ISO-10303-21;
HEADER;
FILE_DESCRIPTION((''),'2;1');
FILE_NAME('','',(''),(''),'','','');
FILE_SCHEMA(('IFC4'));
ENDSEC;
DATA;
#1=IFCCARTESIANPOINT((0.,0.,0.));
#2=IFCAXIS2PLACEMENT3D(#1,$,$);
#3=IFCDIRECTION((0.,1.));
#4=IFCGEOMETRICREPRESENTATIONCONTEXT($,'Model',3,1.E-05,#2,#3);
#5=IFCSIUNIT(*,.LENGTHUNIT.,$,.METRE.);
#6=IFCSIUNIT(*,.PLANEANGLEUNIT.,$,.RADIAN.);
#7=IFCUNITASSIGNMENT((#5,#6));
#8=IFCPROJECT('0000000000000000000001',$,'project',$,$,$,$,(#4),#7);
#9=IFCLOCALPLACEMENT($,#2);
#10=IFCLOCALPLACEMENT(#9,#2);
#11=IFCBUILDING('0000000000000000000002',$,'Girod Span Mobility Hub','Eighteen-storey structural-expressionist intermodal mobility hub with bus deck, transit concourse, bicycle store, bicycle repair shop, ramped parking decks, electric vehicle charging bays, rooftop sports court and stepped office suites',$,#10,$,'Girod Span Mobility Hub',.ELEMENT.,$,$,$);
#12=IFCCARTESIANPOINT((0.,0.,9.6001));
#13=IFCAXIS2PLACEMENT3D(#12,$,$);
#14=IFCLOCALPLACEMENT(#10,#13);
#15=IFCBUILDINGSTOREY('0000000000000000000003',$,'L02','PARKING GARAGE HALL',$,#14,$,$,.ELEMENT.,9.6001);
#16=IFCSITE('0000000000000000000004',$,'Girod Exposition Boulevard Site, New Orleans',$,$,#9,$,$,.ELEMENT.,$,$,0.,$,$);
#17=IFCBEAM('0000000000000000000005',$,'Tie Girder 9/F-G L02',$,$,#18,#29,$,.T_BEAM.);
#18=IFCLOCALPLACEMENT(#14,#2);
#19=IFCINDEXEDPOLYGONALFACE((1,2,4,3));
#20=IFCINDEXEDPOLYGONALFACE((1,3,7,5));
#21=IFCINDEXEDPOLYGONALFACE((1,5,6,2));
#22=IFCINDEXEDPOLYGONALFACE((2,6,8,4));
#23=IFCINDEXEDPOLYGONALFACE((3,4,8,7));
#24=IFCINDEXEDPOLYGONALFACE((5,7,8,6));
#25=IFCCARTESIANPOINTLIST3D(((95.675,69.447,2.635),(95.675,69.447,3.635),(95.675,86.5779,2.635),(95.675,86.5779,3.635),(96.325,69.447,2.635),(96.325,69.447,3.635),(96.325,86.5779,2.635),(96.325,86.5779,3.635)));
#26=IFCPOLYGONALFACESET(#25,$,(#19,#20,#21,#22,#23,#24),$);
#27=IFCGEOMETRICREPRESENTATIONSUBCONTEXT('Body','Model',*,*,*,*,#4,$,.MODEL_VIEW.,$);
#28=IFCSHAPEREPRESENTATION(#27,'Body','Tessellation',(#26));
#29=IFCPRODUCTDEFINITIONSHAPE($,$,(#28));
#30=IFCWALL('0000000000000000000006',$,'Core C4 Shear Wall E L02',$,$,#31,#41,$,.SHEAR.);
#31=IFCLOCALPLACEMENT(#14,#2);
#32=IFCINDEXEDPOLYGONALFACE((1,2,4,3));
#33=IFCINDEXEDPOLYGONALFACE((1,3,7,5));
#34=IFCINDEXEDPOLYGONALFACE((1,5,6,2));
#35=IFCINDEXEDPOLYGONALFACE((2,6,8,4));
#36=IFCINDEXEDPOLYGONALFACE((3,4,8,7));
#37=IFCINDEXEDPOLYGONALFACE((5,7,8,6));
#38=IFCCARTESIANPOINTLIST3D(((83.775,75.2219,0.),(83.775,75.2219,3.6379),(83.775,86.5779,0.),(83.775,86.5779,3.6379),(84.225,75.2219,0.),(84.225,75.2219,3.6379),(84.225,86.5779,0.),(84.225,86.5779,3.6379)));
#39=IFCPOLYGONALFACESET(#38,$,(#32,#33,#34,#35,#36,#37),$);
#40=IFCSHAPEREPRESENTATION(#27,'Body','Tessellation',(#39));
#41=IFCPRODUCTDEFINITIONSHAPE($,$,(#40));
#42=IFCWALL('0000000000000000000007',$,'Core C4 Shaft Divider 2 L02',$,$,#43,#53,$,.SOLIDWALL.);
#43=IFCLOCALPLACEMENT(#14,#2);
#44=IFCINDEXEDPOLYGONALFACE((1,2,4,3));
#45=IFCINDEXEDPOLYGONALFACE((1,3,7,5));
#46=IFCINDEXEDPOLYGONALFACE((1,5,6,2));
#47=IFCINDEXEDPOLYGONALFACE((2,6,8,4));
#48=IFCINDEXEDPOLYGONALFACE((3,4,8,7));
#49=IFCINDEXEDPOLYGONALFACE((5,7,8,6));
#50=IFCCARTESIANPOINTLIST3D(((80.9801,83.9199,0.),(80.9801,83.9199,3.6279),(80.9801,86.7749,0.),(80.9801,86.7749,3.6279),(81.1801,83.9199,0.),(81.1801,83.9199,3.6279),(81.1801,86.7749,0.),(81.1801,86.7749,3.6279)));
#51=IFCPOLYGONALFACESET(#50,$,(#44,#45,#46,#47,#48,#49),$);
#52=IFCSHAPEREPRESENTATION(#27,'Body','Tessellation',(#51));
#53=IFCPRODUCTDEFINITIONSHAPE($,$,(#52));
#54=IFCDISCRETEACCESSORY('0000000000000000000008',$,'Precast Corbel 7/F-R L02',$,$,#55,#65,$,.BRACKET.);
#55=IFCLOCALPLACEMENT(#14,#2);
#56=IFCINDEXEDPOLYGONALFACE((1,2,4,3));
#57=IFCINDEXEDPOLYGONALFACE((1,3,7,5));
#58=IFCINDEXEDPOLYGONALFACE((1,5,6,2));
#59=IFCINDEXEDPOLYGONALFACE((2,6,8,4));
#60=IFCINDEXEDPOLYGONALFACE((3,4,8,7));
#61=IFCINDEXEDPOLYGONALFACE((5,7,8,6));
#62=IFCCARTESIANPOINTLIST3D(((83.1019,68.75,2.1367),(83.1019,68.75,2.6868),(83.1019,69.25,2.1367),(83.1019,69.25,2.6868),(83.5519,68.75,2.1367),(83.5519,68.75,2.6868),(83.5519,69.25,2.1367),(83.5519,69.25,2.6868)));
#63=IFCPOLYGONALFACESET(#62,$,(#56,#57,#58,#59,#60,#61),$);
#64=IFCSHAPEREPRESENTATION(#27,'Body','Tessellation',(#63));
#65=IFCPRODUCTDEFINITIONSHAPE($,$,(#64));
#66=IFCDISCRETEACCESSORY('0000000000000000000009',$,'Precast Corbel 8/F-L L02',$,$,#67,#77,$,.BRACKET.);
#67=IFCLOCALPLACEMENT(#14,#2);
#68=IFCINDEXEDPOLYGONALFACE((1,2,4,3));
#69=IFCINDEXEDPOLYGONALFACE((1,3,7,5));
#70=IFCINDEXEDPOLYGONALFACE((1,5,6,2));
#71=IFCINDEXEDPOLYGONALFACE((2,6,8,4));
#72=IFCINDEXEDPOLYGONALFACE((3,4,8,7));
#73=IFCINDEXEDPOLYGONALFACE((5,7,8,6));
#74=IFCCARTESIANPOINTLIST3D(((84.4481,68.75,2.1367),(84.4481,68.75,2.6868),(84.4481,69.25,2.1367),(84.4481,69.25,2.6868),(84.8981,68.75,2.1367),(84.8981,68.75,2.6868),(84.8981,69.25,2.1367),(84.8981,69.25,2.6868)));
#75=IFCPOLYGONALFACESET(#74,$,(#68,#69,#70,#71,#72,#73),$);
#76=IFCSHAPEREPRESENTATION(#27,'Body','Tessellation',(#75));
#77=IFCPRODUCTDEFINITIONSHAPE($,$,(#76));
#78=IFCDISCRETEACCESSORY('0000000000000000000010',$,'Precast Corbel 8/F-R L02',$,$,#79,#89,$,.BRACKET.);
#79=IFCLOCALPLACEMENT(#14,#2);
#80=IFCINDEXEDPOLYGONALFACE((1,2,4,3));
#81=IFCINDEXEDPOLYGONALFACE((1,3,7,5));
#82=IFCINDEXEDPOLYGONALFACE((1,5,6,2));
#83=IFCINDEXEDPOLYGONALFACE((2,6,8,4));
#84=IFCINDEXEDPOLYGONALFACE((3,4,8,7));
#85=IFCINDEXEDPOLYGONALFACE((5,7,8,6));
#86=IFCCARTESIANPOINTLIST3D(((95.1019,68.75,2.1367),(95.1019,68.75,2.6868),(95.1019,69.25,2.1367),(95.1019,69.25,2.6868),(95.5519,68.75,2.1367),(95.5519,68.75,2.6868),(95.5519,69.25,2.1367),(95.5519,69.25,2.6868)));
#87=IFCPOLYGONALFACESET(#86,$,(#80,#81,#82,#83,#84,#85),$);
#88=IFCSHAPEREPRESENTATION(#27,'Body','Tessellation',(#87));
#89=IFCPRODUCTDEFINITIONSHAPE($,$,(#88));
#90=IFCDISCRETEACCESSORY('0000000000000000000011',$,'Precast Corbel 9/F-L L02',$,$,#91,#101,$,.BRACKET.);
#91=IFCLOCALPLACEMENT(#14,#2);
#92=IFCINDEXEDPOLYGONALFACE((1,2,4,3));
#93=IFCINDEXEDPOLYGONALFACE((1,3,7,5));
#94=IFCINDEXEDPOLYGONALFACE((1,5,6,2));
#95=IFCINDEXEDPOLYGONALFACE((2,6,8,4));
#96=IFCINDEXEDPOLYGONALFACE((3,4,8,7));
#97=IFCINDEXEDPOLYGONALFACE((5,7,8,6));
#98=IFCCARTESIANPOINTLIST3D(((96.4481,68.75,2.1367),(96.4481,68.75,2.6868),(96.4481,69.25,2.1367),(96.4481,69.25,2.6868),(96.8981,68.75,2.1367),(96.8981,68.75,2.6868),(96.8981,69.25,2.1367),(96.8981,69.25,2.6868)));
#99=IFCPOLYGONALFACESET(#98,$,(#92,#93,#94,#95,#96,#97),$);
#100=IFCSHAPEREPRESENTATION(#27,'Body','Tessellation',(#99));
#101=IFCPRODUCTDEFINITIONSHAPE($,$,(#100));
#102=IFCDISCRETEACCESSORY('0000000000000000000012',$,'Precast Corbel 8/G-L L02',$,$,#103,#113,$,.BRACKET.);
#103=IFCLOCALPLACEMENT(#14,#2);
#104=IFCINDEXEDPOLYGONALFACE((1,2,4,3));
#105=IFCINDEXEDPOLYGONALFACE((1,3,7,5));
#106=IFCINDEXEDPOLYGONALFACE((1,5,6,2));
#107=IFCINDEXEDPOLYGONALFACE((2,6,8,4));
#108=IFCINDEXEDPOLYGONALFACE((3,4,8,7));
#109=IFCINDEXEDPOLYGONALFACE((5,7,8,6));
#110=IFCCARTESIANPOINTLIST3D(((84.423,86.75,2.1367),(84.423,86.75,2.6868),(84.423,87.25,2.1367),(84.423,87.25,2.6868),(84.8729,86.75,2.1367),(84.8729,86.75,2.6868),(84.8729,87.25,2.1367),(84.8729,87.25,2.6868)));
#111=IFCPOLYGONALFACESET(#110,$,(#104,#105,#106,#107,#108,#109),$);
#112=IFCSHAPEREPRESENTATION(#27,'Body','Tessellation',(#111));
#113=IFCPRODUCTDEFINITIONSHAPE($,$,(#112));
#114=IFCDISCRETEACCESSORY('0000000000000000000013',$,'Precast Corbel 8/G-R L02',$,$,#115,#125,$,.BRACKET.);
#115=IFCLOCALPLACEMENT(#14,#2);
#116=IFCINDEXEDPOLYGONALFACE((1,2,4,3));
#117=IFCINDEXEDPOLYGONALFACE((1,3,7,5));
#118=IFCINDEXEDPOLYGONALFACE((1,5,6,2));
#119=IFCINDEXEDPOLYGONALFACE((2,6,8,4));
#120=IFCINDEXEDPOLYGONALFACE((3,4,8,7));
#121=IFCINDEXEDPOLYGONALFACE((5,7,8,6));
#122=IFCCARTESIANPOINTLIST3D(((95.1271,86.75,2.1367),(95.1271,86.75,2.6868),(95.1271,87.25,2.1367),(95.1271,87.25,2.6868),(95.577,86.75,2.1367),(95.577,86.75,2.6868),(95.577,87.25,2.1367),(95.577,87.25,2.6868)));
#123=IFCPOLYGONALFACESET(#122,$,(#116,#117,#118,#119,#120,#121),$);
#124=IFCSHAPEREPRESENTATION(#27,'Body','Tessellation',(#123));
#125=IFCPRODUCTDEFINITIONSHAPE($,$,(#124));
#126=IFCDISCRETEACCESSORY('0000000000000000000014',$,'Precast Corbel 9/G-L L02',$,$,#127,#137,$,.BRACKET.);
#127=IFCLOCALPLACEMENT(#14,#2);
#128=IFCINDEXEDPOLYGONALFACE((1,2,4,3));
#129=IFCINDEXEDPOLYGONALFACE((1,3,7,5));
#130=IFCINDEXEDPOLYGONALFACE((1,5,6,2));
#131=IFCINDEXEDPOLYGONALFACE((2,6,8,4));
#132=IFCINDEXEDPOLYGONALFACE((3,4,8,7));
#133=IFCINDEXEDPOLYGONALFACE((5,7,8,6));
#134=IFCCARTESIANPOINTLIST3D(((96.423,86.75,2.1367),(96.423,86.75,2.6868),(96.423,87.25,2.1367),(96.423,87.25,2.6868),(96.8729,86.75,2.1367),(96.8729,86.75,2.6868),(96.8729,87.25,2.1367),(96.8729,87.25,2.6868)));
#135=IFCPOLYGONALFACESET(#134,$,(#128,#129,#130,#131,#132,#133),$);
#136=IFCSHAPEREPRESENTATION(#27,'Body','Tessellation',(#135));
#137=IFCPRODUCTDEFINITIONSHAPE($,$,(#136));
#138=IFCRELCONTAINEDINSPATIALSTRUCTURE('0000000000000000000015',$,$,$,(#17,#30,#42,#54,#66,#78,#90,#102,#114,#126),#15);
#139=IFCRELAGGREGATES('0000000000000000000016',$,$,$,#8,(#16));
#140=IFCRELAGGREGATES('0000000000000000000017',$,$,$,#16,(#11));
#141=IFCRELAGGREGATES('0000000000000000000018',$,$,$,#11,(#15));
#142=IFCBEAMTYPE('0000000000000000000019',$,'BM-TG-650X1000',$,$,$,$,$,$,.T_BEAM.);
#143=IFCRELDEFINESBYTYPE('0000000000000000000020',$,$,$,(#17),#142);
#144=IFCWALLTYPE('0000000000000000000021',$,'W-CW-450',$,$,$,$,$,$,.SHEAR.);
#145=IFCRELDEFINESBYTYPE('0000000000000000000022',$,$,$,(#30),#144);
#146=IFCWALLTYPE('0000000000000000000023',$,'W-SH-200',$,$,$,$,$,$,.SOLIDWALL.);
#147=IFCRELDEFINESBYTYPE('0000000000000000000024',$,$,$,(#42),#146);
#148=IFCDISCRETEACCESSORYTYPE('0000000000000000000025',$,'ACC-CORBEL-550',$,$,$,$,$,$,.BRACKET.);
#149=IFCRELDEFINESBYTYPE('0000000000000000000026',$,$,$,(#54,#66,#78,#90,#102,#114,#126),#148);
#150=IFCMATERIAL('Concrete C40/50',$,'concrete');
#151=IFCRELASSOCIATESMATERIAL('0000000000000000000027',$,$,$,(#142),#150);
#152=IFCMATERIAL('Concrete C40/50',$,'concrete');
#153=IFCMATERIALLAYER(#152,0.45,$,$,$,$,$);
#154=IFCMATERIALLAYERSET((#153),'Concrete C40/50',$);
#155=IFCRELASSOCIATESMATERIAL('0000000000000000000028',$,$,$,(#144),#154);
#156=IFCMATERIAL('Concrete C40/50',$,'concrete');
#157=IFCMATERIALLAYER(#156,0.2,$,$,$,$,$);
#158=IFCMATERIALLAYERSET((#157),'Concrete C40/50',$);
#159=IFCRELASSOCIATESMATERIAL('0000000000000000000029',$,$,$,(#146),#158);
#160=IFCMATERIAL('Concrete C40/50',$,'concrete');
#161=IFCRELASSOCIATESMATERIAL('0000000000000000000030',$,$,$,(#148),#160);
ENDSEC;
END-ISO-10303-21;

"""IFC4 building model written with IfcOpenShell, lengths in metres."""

from ifc_helpers import new_model, si_unit, direction, frame, frame_2d, origin, origin_2d, place, context, subcontext, project, spatial, rectangle, extrude, material, layer, layer_set, material_profile, profile_set, type_object, element, save


model = new_model("IFC4")

# Units and contexts
model_context = context("Model", 3, precision=1e-05, world=origin(), true_north=direction((0.0, 1.0)))
body_context = subcontext(model_context, "Body", "Model", "MODEL_VIEW")
ifc_project = project(units=[si_unit("LENGTHUNIT", "METRE"), si_unit("PLANEANGLEUNIT", "RADIAN")], contexts=[model_context])

# Site, building, storey
site_placement = place(None, origin())
site = spatial("IfcSite", under=ifc_project, at=site_placement, Name="Girod Exposition Boulevard Site, New Orleans", CompositionType="ELEMENT", RefElevation=0.0)
building_placement = place(site_placement, origin())
building = spatial("IfcBuilding", under=site, at=building_placement, Name="Girod Span Mobility Hub", Description="Eighteen-storey structural-expressionist intermodal mobility hub with bus deck, transit concourse, bicycle store, bicycle repair shop, ramped parking decks, electric vehicle charging bays, rooftop sports court and stepped office suites", LongName="Girod Span Mobility Hub", CompositionType="ELEMENT")
storey_placement = place(building_placement, frame((0.0, 0.0, 9.6001)))
storey = spatial("IfcBuildingStorey", under=building, at=storey_placement, Name="L02", Description="PARKING GARAGE HALL", CompositionType="ELEMENT", Elevation=9.6001)

# Beam
ifc_material_1 = material(Name="Concrete C40/50", Category="concrete")
ifc_material_profile_1 = material_profile(ifc_material_1, rectangle(XDim=0.6499, YDim=1.0, at=origin_2d()), Name="TG-650X1000")
ifc_profile_set_1 = profile_set([ifc_material_profile_1], Name="Concrete C40/50")
beam_type_1 = type_object("IfcBeamType", Name="BM-TG-650X1000", PredefinedType="T_BEAM", material=ifc_profile_set_1)
beam_placement = place(storey_placement, frame((96.0, 69.447, 3.135), z_axis=(0.0, 1.0, 0.0), x_axis=(-1.0, 0.0, 0.0)))
element("IfcBeam", 1, at=beam_placement, inside=storey, type_object=beam_type_1, Name="Tie Girder 9/F-G L02", PredefinedType="T_BEAM", context=body_context, shape_type="SweptSolid", body=[
    extrude(rectangle(XDim=0.6499, YDim=1.0, at=origin_2d()), origin(), (0.0, 0.0, 1.0), 17.1309),
])

# Walls
ifc_material_2 = material(Name="Concrete C40/50", Category="concrete")
ifc_layer_1 = layer(ifc_material_2, 0.45)
ifc_layer_set_1 = layer_set([ifc_layer_1], Name="Concrete C40/50")
wall_type_1 = type_object("IfcWallType", Name="W-CW-450", PredefinedType="SHEAR", material=ifc_layer_set_1)
wall_1_placement = place(storey_placement, frame((84.0, 75.2219, 0.0), z_axis=(0.0, 0.0, 1.0), x_axis=(0.0, 1.0, 0.0)))
element("IfcWall", 2, at=wall_1_placement, inside=storey, type_object=wall_type_1, Name="Core C4 Shear Wall E L02", PredefinedType="SHEAR", context=body_context, shape_type="SweptSolid", body=[
    extrude(rectangle(XDim=11.356, YDim=0.45, at=frame_2d((5.678, 0.0))), origin(), (0.0, 0.0, 1.0), 3.6379),
])
ifc_material_3 = material(Name="Concrete C40/50", Category="concrete")
ifc_layer_2 = layer(ifc_material_3, 0.2)
ifc_layer_set_2 = layer_set([ifc_layer_2], Name="Concrete C40/50")
wall_type_2 = type_object("IfcWallType", Name="W-SH-200", PredefinedType="SOLIDWALL", material=ifc_layer_set_2)
wall_2_placement = place(storey_placement, frame((81.0801, 83.9199, 0.0), z_axis=(0.0, 0.0, 1.0), x_axis=(0.0, 1.0, 0.0)))
element("IfcWall", 3, at=wall_2_placement, inside=storey, type_object=wall_type_2, Name="Core C4 Shaft Divider 2 L02", PredefinedType="SOLIDWALL", context=body_context, shape_type="SweptSolid", body=[
    extrude(rectangle(XDim=2.855, YDim=0.2, at=frame_2d((1.4275, 0.0))), origin(), (0.0, 0.0, 1.0), 3.6279),
])

# Discrete accessories
ifc_material_4 = material(Name="Concrete C40/50", Category="concrete")
discrete_accessory_type = type_object("IfcDiscreteAccessoryType", Name="ACC-CORBEL-550", PredefinedType="BRACKET", material=ifc_material_4)
for number, where, z_axis, x_axis, name in (
    (4, (83.3269, 69.0, 2.1367), (0.0, 0.0, 1.0), (1.0, 0.0, 0.0), "Precast Corbel 7/F-R L02"),
    (5, (84.6731, 69.0, 2.1367), (0.0, 0.0, 1.0), (1.0, 0.0, 0.0), "Precast Corbel 8/F-L L02"),
    (6, (95.3269, 69.0, 2.1367), (0.0, 0.0, 1.0), (1.0, 0.0, 0.0), "Precast Corbel 8/F-R L02"),
    (7, (96.6731, 69.0, 2.1367), (0.0, 0.0, 1.0), (1.0, 0.0, 0.0), "Precast Corbel 9/F-L L02"),
    (8, (84.6479, 87.0, 2.1367), (0.0, 0.0, 1.0), (1.0, 0.0, 0.0), "Precast Corbel 8/G-L L02"),
    (9, (95.3521, 87.0, 2.1367), (0.0, 0.0, 1.0), (1.0, 0.0, 0.0), "Precast Corbel 8/G-R L02"),
    (10, (96.6479, 87.0, 2.1367), (0.0, 0.0, 1.0), (1.0, 0.0, 0.0), "Precast Corbel 9/G-L L02"),
):
    element("IfcDiscreteAccessory", number, at=place(storey_placement, frame(where, z_axis=z_axis, x_axis=x_axis)), inside=storey, type_object=discrete_accessory_type, Name=name, PredefinedType="BRACKET", context=body_context, shape_type="SweptSolid", body=[
        extrude(rectangle(XDim=0.45, YDim=0.5, at=origin_2d()), origin(), (0.0, 0.0, 1.0), 0.55),
    ])

save(model, "model.ifc")
